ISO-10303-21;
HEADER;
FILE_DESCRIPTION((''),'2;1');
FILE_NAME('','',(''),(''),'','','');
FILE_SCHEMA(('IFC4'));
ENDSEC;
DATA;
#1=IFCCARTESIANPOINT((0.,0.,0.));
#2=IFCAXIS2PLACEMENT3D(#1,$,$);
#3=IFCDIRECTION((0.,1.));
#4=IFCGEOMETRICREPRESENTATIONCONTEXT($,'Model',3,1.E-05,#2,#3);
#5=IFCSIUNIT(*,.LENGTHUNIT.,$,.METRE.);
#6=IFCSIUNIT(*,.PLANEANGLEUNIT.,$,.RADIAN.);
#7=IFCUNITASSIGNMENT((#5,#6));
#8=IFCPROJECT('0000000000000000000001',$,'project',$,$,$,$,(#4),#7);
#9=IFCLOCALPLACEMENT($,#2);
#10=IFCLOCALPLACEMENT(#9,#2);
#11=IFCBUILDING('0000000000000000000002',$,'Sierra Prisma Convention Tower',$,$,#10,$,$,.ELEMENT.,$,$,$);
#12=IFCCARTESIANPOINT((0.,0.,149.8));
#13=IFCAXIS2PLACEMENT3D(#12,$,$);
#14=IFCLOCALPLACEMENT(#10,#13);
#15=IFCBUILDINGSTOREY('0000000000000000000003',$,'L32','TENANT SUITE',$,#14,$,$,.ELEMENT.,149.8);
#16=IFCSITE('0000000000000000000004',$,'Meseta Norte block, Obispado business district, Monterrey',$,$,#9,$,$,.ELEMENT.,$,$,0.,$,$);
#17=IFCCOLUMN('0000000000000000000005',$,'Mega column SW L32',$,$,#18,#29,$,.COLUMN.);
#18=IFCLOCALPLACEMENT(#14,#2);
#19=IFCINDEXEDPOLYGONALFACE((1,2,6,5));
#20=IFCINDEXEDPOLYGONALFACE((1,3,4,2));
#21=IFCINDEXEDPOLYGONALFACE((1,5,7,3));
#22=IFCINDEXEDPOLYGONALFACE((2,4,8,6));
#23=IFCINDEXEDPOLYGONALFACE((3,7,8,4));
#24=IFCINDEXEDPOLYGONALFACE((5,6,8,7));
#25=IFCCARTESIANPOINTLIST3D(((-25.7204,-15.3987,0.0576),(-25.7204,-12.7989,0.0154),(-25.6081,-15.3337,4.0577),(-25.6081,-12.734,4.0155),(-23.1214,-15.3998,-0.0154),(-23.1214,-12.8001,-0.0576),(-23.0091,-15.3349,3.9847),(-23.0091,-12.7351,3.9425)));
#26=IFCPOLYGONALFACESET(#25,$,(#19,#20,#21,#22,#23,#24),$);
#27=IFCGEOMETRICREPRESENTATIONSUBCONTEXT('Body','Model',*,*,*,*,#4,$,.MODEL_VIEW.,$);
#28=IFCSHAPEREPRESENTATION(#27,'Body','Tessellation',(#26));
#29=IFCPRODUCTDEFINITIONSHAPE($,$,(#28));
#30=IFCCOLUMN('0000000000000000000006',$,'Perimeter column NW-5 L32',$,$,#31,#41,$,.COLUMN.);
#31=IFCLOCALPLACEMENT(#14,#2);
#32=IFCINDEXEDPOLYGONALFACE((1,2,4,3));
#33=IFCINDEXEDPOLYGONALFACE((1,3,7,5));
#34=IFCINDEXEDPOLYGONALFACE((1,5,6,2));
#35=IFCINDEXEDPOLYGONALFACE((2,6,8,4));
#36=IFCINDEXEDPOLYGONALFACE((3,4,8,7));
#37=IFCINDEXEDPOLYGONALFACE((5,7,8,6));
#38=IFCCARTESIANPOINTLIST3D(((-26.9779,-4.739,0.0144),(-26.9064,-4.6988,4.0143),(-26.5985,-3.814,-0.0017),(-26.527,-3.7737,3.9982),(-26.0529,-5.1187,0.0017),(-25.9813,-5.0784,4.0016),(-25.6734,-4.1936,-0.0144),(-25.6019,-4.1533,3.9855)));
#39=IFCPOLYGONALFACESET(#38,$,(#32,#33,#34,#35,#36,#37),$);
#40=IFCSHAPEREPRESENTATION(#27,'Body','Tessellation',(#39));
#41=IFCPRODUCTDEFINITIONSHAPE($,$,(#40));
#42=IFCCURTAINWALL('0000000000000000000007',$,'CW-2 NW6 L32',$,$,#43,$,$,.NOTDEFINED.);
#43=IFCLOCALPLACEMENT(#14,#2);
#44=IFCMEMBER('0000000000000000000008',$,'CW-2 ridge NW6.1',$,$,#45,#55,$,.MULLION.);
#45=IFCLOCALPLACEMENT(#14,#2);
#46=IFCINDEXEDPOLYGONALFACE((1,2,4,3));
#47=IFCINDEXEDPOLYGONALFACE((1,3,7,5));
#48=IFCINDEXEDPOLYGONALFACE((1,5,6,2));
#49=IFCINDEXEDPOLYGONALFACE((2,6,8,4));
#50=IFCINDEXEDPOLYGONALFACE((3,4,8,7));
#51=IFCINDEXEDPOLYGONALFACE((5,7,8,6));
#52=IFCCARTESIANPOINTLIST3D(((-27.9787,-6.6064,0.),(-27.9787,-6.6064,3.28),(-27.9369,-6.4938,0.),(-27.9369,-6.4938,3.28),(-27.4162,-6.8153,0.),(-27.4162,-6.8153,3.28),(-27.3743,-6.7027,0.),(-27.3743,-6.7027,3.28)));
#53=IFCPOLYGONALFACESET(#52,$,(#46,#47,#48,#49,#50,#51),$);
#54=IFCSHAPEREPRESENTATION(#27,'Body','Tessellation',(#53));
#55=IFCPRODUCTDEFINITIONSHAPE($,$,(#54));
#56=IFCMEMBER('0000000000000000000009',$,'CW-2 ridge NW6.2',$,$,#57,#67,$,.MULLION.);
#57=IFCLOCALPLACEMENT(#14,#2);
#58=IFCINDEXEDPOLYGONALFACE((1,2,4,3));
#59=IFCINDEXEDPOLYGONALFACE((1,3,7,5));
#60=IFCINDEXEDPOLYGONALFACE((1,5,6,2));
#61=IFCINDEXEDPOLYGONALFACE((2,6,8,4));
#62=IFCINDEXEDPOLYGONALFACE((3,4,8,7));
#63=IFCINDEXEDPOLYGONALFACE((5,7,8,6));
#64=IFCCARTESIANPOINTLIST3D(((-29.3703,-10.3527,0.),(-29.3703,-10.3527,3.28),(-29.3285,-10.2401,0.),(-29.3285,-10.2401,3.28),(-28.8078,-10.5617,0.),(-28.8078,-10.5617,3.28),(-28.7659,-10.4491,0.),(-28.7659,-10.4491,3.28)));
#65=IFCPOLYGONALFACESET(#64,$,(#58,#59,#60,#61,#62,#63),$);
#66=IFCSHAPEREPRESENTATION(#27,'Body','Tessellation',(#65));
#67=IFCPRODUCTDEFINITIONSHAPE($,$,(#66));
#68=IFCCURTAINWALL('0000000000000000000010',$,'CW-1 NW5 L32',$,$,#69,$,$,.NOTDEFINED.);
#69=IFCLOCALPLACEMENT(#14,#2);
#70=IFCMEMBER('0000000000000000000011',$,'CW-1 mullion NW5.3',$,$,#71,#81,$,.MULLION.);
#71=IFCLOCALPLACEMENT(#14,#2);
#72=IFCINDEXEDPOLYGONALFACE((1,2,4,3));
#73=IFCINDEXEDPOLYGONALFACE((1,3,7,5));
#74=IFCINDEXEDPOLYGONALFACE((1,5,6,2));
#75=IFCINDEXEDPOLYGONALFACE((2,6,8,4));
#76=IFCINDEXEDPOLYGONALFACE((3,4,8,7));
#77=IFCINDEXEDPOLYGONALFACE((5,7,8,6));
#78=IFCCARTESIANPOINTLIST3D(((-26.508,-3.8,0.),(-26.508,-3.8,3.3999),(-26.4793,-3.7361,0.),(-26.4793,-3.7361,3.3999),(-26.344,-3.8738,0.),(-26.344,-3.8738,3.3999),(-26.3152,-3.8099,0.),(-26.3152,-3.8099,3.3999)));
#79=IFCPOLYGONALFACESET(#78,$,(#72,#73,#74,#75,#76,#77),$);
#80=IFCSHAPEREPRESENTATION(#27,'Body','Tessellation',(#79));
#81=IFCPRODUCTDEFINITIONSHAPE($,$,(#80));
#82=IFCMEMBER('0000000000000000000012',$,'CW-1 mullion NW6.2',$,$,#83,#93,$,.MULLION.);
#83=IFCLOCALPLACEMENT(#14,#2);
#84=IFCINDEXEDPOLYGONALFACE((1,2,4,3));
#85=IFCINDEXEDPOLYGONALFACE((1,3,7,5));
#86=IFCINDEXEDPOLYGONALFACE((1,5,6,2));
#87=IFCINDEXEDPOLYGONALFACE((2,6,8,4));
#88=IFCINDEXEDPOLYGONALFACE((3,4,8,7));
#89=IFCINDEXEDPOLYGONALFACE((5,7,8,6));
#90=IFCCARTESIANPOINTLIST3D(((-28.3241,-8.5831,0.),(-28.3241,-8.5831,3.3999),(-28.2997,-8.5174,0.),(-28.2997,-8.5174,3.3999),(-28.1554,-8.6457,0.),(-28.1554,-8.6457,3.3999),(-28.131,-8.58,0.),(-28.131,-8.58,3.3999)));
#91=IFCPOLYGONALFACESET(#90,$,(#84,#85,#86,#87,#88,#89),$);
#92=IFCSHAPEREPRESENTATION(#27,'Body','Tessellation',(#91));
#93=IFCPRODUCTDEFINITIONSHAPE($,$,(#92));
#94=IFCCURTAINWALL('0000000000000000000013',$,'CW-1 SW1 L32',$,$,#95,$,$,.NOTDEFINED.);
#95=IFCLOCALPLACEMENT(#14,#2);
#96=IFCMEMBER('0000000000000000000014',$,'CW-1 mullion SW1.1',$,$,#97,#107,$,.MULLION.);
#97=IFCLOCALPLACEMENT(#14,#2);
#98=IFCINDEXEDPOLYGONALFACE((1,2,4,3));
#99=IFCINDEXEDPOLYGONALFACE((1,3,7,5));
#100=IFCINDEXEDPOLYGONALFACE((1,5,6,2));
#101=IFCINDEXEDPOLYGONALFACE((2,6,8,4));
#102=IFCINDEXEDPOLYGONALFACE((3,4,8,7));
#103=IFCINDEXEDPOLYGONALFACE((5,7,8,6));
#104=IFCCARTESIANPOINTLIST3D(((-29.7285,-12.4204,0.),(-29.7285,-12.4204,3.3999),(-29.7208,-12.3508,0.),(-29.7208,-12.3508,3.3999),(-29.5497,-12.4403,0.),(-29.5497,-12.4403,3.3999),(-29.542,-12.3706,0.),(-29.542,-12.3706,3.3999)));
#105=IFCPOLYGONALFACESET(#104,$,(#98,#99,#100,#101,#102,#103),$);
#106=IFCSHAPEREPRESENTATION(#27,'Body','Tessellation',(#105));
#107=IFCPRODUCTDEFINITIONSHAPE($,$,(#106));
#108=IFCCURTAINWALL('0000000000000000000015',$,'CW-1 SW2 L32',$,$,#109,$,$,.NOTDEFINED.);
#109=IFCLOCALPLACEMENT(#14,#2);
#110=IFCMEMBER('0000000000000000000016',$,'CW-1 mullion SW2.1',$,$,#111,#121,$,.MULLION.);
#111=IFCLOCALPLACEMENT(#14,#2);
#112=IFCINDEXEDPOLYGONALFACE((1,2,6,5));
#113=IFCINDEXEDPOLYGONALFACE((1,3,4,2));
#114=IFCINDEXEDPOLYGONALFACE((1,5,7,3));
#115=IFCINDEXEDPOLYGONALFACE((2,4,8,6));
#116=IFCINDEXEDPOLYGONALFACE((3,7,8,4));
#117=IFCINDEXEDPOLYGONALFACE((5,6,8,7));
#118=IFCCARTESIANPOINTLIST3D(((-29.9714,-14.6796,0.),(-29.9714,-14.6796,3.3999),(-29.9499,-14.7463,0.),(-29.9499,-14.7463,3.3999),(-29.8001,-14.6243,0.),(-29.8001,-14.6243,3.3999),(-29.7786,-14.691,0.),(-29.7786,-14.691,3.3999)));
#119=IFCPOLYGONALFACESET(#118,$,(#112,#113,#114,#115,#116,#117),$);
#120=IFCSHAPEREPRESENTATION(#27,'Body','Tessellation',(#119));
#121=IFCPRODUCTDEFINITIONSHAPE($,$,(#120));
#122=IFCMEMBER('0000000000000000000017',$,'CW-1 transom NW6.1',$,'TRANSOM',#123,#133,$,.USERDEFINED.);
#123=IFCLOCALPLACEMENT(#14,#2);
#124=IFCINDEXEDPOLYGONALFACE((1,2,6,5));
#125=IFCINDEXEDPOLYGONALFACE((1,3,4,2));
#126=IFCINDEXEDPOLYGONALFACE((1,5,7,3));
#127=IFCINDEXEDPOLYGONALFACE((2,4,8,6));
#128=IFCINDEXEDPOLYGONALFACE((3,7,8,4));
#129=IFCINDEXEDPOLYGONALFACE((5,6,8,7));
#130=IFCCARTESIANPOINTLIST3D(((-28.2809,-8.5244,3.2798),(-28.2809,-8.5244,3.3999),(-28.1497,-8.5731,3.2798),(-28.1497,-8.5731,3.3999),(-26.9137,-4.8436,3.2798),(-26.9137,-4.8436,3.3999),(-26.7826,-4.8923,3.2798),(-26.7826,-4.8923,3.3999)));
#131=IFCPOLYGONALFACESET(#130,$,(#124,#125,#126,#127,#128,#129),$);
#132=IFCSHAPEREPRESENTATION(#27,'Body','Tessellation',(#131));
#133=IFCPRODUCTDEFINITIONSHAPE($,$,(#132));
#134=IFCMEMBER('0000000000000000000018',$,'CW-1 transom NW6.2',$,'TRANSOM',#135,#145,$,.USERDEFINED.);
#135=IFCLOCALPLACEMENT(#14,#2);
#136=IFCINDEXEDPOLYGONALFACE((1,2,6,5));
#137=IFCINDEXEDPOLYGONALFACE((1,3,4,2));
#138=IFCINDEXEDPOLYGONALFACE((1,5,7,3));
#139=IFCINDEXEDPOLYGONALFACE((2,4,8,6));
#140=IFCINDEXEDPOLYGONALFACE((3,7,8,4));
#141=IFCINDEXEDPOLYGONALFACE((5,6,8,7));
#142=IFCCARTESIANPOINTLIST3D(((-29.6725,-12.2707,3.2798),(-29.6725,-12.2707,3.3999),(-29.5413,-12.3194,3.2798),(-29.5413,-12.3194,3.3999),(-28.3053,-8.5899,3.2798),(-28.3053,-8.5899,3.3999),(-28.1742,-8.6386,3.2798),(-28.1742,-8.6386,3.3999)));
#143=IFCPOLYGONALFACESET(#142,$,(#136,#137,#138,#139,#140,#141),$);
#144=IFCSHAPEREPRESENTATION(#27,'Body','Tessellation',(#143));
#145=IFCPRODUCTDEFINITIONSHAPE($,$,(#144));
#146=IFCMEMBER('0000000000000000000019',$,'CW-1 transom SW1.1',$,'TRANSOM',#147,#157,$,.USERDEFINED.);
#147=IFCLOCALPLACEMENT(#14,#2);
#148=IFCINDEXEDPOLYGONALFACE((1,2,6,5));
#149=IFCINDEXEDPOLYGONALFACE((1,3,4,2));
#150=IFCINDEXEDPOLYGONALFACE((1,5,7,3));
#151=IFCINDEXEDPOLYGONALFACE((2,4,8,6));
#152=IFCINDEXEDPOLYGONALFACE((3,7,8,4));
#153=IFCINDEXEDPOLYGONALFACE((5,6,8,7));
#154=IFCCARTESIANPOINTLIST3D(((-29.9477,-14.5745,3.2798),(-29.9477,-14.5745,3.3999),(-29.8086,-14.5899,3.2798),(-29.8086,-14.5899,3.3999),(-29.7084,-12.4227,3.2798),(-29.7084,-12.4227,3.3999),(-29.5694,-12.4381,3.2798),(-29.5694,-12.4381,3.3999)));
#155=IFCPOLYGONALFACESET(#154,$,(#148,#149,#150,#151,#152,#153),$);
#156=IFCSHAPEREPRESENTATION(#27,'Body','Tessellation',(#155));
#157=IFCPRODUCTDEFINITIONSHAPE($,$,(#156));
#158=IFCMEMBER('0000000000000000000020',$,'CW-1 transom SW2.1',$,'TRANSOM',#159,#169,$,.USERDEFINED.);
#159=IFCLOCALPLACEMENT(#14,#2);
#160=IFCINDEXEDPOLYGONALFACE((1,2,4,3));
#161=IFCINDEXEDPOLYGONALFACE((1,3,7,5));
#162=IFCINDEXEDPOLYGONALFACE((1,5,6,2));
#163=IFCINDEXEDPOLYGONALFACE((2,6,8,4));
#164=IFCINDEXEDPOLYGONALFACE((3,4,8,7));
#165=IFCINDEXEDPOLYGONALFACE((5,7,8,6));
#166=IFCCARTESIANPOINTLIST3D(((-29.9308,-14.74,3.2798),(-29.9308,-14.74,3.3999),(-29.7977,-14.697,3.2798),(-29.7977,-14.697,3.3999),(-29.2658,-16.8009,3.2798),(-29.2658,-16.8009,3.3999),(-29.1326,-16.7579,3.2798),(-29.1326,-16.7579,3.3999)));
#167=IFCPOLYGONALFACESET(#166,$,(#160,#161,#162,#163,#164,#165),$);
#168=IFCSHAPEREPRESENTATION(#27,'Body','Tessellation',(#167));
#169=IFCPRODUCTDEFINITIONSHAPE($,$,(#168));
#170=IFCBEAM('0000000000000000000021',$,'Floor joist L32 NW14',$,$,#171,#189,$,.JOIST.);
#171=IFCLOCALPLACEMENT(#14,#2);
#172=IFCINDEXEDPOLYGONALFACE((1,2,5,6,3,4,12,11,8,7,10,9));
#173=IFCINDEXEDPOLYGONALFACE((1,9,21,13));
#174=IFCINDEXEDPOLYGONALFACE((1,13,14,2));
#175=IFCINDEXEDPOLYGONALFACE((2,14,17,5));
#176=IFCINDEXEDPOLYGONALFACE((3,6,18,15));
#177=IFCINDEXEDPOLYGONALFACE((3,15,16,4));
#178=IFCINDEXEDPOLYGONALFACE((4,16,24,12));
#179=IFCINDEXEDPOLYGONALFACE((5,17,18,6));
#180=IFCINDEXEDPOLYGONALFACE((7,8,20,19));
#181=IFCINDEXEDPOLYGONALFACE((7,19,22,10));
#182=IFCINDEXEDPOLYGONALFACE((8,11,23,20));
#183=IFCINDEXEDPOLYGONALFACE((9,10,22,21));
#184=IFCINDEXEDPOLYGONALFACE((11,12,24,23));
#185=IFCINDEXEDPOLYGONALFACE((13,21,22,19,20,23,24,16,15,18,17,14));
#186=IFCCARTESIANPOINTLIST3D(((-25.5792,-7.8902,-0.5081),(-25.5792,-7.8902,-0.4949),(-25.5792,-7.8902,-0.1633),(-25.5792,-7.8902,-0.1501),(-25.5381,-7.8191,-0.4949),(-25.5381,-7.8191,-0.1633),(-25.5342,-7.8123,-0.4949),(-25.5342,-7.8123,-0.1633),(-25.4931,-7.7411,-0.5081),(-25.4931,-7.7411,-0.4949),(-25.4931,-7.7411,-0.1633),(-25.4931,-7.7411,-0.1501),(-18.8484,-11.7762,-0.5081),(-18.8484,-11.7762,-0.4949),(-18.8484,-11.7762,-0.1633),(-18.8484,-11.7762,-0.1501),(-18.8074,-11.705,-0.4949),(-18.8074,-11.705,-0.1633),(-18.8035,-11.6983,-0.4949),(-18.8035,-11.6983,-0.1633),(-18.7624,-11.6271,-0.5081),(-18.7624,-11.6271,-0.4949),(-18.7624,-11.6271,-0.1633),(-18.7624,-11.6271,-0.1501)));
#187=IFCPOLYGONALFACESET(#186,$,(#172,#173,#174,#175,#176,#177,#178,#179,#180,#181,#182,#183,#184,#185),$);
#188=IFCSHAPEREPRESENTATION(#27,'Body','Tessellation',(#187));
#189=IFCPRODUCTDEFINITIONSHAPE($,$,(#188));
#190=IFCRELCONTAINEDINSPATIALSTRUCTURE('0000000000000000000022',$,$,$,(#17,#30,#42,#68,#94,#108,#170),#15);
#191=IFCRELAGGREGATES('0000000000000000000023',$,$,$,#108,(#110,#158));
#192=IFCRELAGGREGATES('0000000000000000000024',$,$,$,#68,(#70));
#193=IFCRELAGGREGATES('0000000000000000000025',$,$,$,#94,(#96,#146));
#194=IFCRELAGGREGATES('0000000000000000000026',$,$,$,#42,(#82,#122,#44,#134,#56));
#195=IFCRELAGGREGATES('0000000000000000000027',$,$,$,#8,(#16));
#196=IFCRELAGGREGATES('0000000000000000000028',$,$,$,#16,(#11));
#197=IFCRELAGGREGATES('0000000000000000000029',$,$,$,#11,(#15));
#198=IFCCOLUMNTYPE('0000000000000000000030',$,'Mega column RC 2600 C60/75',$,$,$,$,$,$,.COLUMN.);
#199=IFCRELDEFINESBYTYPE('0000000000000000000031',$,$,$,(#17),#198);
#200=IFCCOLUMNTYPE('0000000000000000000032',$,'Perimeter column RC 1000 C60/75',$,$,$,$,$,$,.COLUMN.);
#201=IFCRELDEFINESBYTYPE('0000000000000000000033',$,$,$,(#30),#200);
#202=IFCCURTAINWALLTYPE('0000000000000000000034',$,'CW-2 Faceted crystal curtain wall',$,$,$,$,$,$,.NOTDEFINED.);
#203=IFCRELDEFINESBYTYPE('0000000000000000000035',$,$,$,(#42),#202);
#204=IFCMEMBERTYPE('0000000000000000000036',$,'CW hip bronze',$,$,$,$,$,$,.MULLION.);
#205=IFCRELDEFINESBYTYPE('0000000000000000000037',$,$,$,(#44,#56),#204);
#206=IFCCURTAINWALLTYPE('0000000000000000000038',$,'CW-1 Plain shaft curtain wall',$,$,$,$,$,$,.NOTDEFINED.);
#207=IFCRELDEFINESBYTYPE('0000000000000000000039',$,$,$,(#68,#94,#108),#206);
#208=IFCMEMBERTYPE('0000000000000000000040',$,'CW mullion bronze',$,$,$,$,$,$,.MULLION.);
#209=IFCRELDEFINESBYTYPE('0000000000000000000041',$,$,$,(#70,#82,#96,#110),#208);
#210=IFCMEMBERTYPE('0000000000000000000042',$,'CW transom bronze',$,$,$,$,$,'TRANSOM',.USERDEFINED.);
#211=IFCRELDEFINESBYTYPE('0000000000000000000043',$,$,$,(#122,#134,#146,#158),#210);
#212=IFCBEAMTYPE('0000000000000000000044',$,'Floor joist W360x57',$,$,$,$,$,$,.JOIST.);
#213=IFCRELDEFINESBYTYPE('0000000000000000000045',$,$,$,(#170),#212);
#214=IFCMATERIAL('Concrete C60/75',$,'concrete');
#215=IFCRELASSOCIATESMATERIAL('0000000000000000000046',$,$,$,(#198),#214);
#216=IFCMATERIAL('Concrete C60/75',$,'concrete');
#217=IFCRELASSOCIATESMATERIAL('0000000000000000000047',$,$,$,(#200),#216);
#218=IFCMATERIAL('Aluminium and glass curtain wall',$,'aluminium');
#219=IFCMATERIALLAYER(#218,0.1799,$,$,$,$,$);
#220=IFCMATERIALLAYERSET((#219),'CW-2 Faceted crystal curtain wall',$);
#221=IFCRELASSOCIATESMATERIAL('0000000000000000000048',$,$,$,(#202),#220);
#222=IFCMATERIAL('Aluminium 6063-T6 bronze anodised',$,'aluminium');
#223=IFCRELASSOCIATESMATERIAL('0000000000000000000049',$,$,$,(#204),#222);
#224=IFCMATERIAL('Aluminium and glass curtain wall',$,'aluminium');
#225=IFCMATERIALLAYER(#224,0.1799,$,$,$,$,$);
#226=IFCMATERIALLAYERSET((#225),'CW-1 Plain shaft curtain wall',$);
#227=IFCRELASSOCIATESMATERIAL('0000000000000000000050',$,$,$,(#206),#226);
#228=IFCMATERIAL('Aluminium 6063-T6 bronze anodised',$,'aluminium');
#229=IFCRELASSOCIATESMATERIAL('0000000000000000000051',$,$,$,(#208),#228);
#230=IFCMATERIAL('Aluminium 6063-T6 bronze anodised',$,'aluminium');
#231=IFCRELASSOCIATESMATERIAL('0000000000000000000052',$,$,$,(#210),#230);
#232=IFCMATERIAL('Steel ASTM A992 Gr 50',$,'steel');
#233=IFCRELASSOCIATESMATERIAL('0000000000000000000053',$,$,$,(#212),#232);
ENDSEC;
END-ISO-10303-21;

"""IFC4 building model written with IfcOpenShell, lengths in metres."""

from ifc_helpers import new_model, si_unit, direction, frame, origin, origin_2d, place, context, subcontext, project, spatial, rectangle, i_section, extrude, material, layer, layer_set, material_profile, profile_set, type_object, element, aggregate, save


model = new_model("IFC4")

# Units and contexts
model_context = context("Model", 3, precision=1e-05, world=origin(), true_north=direction((0.0, 1.0)))
body_context = subcontext(model_context, "Body", "Model", "MODEL_VIEW")
ifc_project = project(units=[si_unit("LENGTHUNIT", "METRE"), si_unit("PLANEANGLEUNIT", "RADIAN")], contexts=[model_context])

# Site, building, storey
site_placement = place(None, origin())
site = spatial("IfcSite", under=ifc_project, at=site_placement, Name="Meseta Norte block, Obispado business district, Monterrey", CompositionType="ELEMENT", RefElevation=0.0)
building_placement = place(site_placement, origin())
building = spatial("IfcBuilding", under=site, at=building_placement, Name="Sierra Prisma Convention Tower", CompositionType="ELEMENT")
storey_placement = place(building_placement, frame((0.0, 0.0, 149.8)))
storey = spatial("IfcBuildingStorey", under=building, at=storey_placement, Name="L32", Description="TENANT SUITE", CompositionType="ELEMENT", Elevation=149.8)

# Columns
ifc_material_1 = material(Name="Concrete C60/75", Category="concrete")
ifc_material_profile_1 = material_profile(ifc_material_1, rectangle(XDim=2.6001, YDim=2.6001, at=origin_2d()), Name="Mega column RC 2600 C60/75")
ifc_profile_set_1 = profile_set([ifc_material_profile_1], Name="Concrete C60/75")
column_type_1 = type_object("IfcColumnType", Name="Mega column RC 2600 C60/75", PredefinedType="COLUMN", material=ifc_profile_set_1)
column_1_placement = place(storey_placement, frame((-24.4209, -14.0994, 0.0), z_axis=(0.028061, 0.016227, 0.999474), x_axis=(0.999606, -0.000456, -0.028058)))
element("IfcColumn", 1, at=column_1_placement, inside=storey, type_object=column_type_1, Name="Mega column SW L32", PredefinedType="COLUMN", context=body_context, shape_type="SweptSolid", body=[
    extrude(rectangle(XDim=2.6001, YDim=2.6001, at=origin_2d()), origin(), (0.0, 0.0, 1.0), 4.0022),
])
ifc_material_2 = material(Name="Concrete C60/75", Category="concrete")
ifc_material_profile_2 = material_profile(ifc_material_2, rectangle(XDim=1.0, YDim=1.0, at=origin_2d()), Name="Perimeter column RC 1000 C60/75")
ifc_profile_set_2 = profile_set([ifc_material_profile_2], Name="Concrete C60/75")
column_type_2 = type_object("IfcColumnType", Name="Perimeter column RC 1000 C60/75", PredefinedType="COLUMN", material=ifc_profile_set_2)
column_2_placement = place(storey_placement, frame((-26.3257, -4.4663, 0.0), z_axis=(0.01788, 0.010069, 0.999789), x_axis=(0.379426, 0.925082, -0.016102)))
element("IfcColumn", 2, at=column_2_placement, inside=storey, type_object=column_type_2, Name="Perimeter column NW-5 L32", PredefinedType="COLUMN", context=body_context, shape_type="SweptSolid", body=[
    extrude(rectangle(XDim=1.0, YDim=1.0, at=origin_2d()), origin(), (0.0, 0.0, 1.0), 4.0007),
])

# Curtain wall, members
ifc_material_3 = material(Name="Aluminium and glass curtain wall", Category="aluminium")
ifc_layer_1 = layer(ifc_material_3, 0.1799)
ifc_layer_set_1 = layer_set([ifc_layer_1], Name="CW-2 Faceted crystal curtain wall")
curtain_wall_type_1 = type_object("IfcCurtainWallType", Name="CW-2 Faceted crystal curtain wall", PredefinedType="NOTDEFINED", material=ifc_layer_set_1)
curtain_wall_1_placement = place(storey_placement, origin())
curtain_wall_1 = element("IfcCurtainWall", 3, at=curtain_wall_1_placement, inside=storey, type_object=curtain_wall_type_1, Name="CW-2 NW6 L32", PredefinedType="NOTDEFINED")
ifc_material_4 = material(Name="Aluminium 6063-T6 bronze anodised", Category="aluminium")
ifc_material_profile_3 = material_profile(ifc_material_4, rectangle(XDim=0.1201, YDim=0.6001, at=origin_2d()), Name="ALU RIDGE BLADE 120x600")
ifc_profile_set_3 = profile_set([ifc_material_profile_3], Name="Aluminium 6063-T6 bronze anodised")
member_type_1 = type_object("IfcMemberType", Name="CW hip bronze", PredefinedType="MULLION", material=ifc_profile_set_3)
member_1_placement = place(storey_placement, frame((-27.6765, -6.6545, 0.0), z_axis=(0.0, 0.0, 1.0), x_axis=(-0.348202, -0.93742, 0.0)))
member_1 = element("IfcMember", 4, at=member_1_placement, type_object=member_type_1, Name="CW-2 ridge NW6.1", PredefinedType="MULLION", context=body_context, shape_type="SweptSolid", body=[
    extrude(rectangle(XDim=0.1201, YDim=0.6001, at=origin_2d()), origin(), (0.0, 0.0, 1.0), 3.28),
])
member_2_placement = place(storey_placement, frame((-29.0681, -10.4009, 0.0), z_axis=(0.0, 0.0, 1.0), x_axis=(-0.348202, -0.93742, 0.0)))
member_2 = element("IfcMember", 5, at=member_2_placement, type_object=member_type_1, Name="CW-2 ridge NW6.2", PredefinedType="MULLION", context=body_context, shape_type="SweptSolid", body=[
    extrude(rectangle(XDim=0.1201, YDim=0.6001, at=origin_2d()), origin(), (0.0, 0.0, 1.0), 3.28),
])

# Curtain wall, member
ifc_material_5 = material(Name="Aluminium and glass curtain wall", Category="aluminium")
ifc_layer_2 = layer(ifc_material_5, 0.1799)
ifc_layer_set_2 = layer_set([ifc_layer_2], Name="CW-1 Plain shaft curtain wall")
curtain_wall_type_2 = type_object("IfcCurtainWallType", Name="CW-1 Plain shaft curtain wall", PredefinedType="NOTDEFINED", material=ifc_layer_set_2)
curtain_wall_2_placement = place(storey_placement, origin())
curtain_wall_2 = element("IfcCurtainWall", 6, at=curtain_wall_2_placement, inside=storey, type_object=curtain_wall_type_2, Name="CW-1 NW5 L32", PredefinedType="NOTDEFINED")
ifc_material_6 = material(Name="Aluminium 6063-T6 bronze anodised", Category="aluminium")
ifc_material_profile_4 = material_profile(ifc_material_6, rectangle(XDim=0.1799, YDim=0.0701, at=origin_2d()), Name="ALU MULLION 70x180")
ifc_profile_set_4 = profile_set([ifc_material_profile_4], Name="Aluminium 6063-T6 bronze anodised")
member_type_2 = type_object("IfcMemberType", Name="CW mullion bronze", PredefinedType="MULLION", material=ifc_profile_set_4)
member_3_placement = place(storey_placement, frame((-26.4116, -3.8049, 0.0), z_axis=(0.0, 0.0, 1.0), x_axis=(0.911931, -0.410344, 0.0)))
member_3 = element("IfcMember", 7, at=member_3_placement, type_object=member_type_2, Name="CW-1 mullion NW5.3", PredefinedType="MULLION", context=body_context, shape_type="SweptSolid", body=[
    extrude(rectangle(XDim=0.1799, YDim=0.0701, at=origin_2d()), origin(), (0.0, 0.0, 1.0), 3.3999),
])

# Member
member_4_placement = place(storey_placement, frame((-28.2275, -8.5815, 0.0), z_axis=(0.0, 0.0, 1.0), x_axis=(0.93742, -0.348202, 0.0)))
member_4 = element("IfcMember", 8, at=member_4_placement, type_object=member_type_2, Name="CW-1 mullion NW6.2", PredefinedType="MULLION", context=body_context, shape_type="SweptSolid", body=[
    extrude(rectangle(XDim=0.1799, YDim=0.0701, at=origin_2d()), origin(), (0.0, 0.0, 1.0), 3.3999),
])

# Curtain walls, members
curtain_wall_3_placement = place(storey_placement, origin())
curtain_wall_3 = element("IfcCurtainWall", 9, at=curtain_wall_3_placement, inside=storey, type_object=curtain_wall_type_2, Name="CW-1 SW1 L32", PredefinedType="NOTDEFINED")
member_5_placement = place(storey_placement, frame((-29.6353, -12.3955, 0.0), z_axis=(0.0, 0.0, 1.0), x_axis=(0.993885, -0.110422, 0.0)))
member_5 = element("IfcMember", 10, at=member_5_placement, type_object=member_type_2, Name="CW-1 mullion SW1.1", PredefinedType="MULLION", context=body_context, shape_type="SweptSolid", body=[
    extrude(rectangle(XDim=0.1799, YDim=0.0701, at=origin_2d()), origin(), (0.0, 0.0, 1.0), 3.3999),
])
curtain_wall_4_placement = place(storey_placement, origin())
curtain_wall_4 = element("IfcCurtainWall", 11, at=curtain_wall_4_placement, inside=storey, type_object=curtain_wall_type_2, Name="CW-1 SW2 L32", PredefinedType="NOTDEFINED")
member_6_placement = place(storey_placement, frame((-29.875, -14.6853, 0.0), z_axis=(0.0, 0.0, 1.0), x_axis=(0.951665, 0.307137, 0.0)))
member_6 = element("IfcMember", 12, at=member_6_placement, type_object=member_type_2, Name="CW-1 mullion SW2.1", PredefinedType="MULLION", context=body_context, shape_type="SweptSolid", body=[
    extrude(rectangle(XDim=0.1799, YDim=0.0701, at=origin_2d()), origin(), (0.0, 0.0, 1.0), 3.3999),
])

# Members
ifc_material_7 = material(Name="Aluminium 6063-T6 bronze anodised", Category="aluminium")
ifc_material_profile_5 = material_profile(ifc_material_7, rectangle(XDim=0.1399, YDim=0.1201, at=origin_2d()), Name="ALU TRANSOM 120x140")
ifc_profile_set_5 = profile_set([ifc_material_profile_5], Name="Aluminium 6063-T6 bronze anodised")
member_type_3 = type_object("IfcMemberType", Name="CW transom bronze", ElementType="TRANSOM", PredefinedType="USERDEFINED", material=ifc_profile_set_5)
member_7_placement = place(storey_placement, frame((-26.8481, -4.8679, 3.3398), z_axis=(-0.348185, -0.937426, 0.0), x_axis=(0.937426, -0.348185, 0.0)))
member_7 = element("IfcMember", 13, at=member_7_placement, type_object=member_type_3, Name="CW-1 transom NW6.1", ObjectType="TRANSOM", PredefinedType="USERDEFINED", context=body_context, shape_type="SweptSolid", body=[
    extrude(rectangle(XDim=0.1399, YDim=0.1201, at=origin_2d()), origin(), (0.0, 0.0, 1.0), 3.9265),
])
member_8_placement = place(storey_placement, frame((-28.2397, -8.6143, 3.3398), z_axis=(-0.348185, -0.937426, 0.0), x_axis=(0.937426, -0.348185, 0.0)))
member_8 = element("IfcMember", 14, at=member_8_placement, type_object=member_type_3, Name="CW-1 transom NW6.2", ObjectType="TRANSOM", PredefinedType="USERDEFINED", context=body_context, shape_type="SweptSolid", body=[
    extrude(rectangle(XDim=0.1399, YDim=0.1201, at=origin_2d()), origin(), (0.0, 0.0, 1.0), 3.9265),
])
member_9_placement = place(storey_placement, frame((-29.6389, -12.4304, 3.3398), z_axis=(-0.110506, -0.993875, 0.0), x_axis=(0.993875, -0.110506, 0.0)))
member_9 = element("IfcMember", 15, at=member_9_placement, type_object=member_type_3, Name="CW-1 transom SW1.1", ObjectType="TRANSOM", PredefinedType="USERDEFINED", context=body_context, shape_type="SweptSolid", body=[
    extrude(rectangle(XDim=0.1399, YDim=0.1201, at=origin_2d()), origin(), (0.0, 0.0, 1.0), 2.165),
])
member_10_placement = place(storey_placement, frame((-29.8643, -14.7185, 3.3398), z_axis=(0.307115, -0.951672, 0.0), x_axis=(0.951672, 0.307115, 0.0)))
member_10 = element("IfcMember", 16, at=member_10_placement, type_object=member_type_3, Name="CW-1 transom SW2.1", ObjectType="TRANSOM", PredefinedType="USERDEFINED", context=body_context, shape_type="SweptSolid", body=[
    extrude(rectangle(XDim=0.1399, YDim=0.1201, at=origin_2d()), origin(), (0.0, 0.0, 1.0), 2.1655),
])
aggregate(curtain_wall_4, [member_6, member_10])

# Beam
ifc_material_8 = material(Name="Steel ASTM A992 Gr 50", Category="steel")
ifc_material_profile_6 = material_profile(ifc_material_8, i_section(OverallWidth=0.1721, OverallDepth=0.3579, WebThickness=0.0078, FlangeThickness=0.0132, at=origin_2d()), Name="W360x57")
ifc_profile_set_6 = profile_set([ifc_material_profile_6], Name="Steel ASTM A992 Gr 50")
beam_type_1 = type_object("IfcBeamType", Name="Floor joist W360x57", PredefinedType="JOIST", material=ifc_profile_set_6)
beam_1_placement = place(storey_placement, frame((-25.5361, -7.8157, -0.3291), z_axis=(0.866025, -0.500001, 0.0), x_axis=(0.500001, 0.866025, 0.0)))
element("IfcBeam", 17, at=beam_1_placement, inside=storey, type_object=beam_type_1, Name="Floor joist L32 NW14", PredefinedType="JOIST", context=body_context, shape_type="SweptSolid", body=[
    extrude(i_section(OverallWidth=0.1721, OverallDepth=0.3579, WebThickness=0.0078, FlangeThickness=0.0132, at=origin_2d()), origin(), (0.0, 0.0, 1.0), 7.772),
])

aggregate(curtain_wall_2, [member_3])
aggregate(curtain_wall_3, [member_5, member_9])
aggregate(curtain_wall_1, [member_4, member_7, member_1, member_8, member_2])

save(model, "model.ifc")
